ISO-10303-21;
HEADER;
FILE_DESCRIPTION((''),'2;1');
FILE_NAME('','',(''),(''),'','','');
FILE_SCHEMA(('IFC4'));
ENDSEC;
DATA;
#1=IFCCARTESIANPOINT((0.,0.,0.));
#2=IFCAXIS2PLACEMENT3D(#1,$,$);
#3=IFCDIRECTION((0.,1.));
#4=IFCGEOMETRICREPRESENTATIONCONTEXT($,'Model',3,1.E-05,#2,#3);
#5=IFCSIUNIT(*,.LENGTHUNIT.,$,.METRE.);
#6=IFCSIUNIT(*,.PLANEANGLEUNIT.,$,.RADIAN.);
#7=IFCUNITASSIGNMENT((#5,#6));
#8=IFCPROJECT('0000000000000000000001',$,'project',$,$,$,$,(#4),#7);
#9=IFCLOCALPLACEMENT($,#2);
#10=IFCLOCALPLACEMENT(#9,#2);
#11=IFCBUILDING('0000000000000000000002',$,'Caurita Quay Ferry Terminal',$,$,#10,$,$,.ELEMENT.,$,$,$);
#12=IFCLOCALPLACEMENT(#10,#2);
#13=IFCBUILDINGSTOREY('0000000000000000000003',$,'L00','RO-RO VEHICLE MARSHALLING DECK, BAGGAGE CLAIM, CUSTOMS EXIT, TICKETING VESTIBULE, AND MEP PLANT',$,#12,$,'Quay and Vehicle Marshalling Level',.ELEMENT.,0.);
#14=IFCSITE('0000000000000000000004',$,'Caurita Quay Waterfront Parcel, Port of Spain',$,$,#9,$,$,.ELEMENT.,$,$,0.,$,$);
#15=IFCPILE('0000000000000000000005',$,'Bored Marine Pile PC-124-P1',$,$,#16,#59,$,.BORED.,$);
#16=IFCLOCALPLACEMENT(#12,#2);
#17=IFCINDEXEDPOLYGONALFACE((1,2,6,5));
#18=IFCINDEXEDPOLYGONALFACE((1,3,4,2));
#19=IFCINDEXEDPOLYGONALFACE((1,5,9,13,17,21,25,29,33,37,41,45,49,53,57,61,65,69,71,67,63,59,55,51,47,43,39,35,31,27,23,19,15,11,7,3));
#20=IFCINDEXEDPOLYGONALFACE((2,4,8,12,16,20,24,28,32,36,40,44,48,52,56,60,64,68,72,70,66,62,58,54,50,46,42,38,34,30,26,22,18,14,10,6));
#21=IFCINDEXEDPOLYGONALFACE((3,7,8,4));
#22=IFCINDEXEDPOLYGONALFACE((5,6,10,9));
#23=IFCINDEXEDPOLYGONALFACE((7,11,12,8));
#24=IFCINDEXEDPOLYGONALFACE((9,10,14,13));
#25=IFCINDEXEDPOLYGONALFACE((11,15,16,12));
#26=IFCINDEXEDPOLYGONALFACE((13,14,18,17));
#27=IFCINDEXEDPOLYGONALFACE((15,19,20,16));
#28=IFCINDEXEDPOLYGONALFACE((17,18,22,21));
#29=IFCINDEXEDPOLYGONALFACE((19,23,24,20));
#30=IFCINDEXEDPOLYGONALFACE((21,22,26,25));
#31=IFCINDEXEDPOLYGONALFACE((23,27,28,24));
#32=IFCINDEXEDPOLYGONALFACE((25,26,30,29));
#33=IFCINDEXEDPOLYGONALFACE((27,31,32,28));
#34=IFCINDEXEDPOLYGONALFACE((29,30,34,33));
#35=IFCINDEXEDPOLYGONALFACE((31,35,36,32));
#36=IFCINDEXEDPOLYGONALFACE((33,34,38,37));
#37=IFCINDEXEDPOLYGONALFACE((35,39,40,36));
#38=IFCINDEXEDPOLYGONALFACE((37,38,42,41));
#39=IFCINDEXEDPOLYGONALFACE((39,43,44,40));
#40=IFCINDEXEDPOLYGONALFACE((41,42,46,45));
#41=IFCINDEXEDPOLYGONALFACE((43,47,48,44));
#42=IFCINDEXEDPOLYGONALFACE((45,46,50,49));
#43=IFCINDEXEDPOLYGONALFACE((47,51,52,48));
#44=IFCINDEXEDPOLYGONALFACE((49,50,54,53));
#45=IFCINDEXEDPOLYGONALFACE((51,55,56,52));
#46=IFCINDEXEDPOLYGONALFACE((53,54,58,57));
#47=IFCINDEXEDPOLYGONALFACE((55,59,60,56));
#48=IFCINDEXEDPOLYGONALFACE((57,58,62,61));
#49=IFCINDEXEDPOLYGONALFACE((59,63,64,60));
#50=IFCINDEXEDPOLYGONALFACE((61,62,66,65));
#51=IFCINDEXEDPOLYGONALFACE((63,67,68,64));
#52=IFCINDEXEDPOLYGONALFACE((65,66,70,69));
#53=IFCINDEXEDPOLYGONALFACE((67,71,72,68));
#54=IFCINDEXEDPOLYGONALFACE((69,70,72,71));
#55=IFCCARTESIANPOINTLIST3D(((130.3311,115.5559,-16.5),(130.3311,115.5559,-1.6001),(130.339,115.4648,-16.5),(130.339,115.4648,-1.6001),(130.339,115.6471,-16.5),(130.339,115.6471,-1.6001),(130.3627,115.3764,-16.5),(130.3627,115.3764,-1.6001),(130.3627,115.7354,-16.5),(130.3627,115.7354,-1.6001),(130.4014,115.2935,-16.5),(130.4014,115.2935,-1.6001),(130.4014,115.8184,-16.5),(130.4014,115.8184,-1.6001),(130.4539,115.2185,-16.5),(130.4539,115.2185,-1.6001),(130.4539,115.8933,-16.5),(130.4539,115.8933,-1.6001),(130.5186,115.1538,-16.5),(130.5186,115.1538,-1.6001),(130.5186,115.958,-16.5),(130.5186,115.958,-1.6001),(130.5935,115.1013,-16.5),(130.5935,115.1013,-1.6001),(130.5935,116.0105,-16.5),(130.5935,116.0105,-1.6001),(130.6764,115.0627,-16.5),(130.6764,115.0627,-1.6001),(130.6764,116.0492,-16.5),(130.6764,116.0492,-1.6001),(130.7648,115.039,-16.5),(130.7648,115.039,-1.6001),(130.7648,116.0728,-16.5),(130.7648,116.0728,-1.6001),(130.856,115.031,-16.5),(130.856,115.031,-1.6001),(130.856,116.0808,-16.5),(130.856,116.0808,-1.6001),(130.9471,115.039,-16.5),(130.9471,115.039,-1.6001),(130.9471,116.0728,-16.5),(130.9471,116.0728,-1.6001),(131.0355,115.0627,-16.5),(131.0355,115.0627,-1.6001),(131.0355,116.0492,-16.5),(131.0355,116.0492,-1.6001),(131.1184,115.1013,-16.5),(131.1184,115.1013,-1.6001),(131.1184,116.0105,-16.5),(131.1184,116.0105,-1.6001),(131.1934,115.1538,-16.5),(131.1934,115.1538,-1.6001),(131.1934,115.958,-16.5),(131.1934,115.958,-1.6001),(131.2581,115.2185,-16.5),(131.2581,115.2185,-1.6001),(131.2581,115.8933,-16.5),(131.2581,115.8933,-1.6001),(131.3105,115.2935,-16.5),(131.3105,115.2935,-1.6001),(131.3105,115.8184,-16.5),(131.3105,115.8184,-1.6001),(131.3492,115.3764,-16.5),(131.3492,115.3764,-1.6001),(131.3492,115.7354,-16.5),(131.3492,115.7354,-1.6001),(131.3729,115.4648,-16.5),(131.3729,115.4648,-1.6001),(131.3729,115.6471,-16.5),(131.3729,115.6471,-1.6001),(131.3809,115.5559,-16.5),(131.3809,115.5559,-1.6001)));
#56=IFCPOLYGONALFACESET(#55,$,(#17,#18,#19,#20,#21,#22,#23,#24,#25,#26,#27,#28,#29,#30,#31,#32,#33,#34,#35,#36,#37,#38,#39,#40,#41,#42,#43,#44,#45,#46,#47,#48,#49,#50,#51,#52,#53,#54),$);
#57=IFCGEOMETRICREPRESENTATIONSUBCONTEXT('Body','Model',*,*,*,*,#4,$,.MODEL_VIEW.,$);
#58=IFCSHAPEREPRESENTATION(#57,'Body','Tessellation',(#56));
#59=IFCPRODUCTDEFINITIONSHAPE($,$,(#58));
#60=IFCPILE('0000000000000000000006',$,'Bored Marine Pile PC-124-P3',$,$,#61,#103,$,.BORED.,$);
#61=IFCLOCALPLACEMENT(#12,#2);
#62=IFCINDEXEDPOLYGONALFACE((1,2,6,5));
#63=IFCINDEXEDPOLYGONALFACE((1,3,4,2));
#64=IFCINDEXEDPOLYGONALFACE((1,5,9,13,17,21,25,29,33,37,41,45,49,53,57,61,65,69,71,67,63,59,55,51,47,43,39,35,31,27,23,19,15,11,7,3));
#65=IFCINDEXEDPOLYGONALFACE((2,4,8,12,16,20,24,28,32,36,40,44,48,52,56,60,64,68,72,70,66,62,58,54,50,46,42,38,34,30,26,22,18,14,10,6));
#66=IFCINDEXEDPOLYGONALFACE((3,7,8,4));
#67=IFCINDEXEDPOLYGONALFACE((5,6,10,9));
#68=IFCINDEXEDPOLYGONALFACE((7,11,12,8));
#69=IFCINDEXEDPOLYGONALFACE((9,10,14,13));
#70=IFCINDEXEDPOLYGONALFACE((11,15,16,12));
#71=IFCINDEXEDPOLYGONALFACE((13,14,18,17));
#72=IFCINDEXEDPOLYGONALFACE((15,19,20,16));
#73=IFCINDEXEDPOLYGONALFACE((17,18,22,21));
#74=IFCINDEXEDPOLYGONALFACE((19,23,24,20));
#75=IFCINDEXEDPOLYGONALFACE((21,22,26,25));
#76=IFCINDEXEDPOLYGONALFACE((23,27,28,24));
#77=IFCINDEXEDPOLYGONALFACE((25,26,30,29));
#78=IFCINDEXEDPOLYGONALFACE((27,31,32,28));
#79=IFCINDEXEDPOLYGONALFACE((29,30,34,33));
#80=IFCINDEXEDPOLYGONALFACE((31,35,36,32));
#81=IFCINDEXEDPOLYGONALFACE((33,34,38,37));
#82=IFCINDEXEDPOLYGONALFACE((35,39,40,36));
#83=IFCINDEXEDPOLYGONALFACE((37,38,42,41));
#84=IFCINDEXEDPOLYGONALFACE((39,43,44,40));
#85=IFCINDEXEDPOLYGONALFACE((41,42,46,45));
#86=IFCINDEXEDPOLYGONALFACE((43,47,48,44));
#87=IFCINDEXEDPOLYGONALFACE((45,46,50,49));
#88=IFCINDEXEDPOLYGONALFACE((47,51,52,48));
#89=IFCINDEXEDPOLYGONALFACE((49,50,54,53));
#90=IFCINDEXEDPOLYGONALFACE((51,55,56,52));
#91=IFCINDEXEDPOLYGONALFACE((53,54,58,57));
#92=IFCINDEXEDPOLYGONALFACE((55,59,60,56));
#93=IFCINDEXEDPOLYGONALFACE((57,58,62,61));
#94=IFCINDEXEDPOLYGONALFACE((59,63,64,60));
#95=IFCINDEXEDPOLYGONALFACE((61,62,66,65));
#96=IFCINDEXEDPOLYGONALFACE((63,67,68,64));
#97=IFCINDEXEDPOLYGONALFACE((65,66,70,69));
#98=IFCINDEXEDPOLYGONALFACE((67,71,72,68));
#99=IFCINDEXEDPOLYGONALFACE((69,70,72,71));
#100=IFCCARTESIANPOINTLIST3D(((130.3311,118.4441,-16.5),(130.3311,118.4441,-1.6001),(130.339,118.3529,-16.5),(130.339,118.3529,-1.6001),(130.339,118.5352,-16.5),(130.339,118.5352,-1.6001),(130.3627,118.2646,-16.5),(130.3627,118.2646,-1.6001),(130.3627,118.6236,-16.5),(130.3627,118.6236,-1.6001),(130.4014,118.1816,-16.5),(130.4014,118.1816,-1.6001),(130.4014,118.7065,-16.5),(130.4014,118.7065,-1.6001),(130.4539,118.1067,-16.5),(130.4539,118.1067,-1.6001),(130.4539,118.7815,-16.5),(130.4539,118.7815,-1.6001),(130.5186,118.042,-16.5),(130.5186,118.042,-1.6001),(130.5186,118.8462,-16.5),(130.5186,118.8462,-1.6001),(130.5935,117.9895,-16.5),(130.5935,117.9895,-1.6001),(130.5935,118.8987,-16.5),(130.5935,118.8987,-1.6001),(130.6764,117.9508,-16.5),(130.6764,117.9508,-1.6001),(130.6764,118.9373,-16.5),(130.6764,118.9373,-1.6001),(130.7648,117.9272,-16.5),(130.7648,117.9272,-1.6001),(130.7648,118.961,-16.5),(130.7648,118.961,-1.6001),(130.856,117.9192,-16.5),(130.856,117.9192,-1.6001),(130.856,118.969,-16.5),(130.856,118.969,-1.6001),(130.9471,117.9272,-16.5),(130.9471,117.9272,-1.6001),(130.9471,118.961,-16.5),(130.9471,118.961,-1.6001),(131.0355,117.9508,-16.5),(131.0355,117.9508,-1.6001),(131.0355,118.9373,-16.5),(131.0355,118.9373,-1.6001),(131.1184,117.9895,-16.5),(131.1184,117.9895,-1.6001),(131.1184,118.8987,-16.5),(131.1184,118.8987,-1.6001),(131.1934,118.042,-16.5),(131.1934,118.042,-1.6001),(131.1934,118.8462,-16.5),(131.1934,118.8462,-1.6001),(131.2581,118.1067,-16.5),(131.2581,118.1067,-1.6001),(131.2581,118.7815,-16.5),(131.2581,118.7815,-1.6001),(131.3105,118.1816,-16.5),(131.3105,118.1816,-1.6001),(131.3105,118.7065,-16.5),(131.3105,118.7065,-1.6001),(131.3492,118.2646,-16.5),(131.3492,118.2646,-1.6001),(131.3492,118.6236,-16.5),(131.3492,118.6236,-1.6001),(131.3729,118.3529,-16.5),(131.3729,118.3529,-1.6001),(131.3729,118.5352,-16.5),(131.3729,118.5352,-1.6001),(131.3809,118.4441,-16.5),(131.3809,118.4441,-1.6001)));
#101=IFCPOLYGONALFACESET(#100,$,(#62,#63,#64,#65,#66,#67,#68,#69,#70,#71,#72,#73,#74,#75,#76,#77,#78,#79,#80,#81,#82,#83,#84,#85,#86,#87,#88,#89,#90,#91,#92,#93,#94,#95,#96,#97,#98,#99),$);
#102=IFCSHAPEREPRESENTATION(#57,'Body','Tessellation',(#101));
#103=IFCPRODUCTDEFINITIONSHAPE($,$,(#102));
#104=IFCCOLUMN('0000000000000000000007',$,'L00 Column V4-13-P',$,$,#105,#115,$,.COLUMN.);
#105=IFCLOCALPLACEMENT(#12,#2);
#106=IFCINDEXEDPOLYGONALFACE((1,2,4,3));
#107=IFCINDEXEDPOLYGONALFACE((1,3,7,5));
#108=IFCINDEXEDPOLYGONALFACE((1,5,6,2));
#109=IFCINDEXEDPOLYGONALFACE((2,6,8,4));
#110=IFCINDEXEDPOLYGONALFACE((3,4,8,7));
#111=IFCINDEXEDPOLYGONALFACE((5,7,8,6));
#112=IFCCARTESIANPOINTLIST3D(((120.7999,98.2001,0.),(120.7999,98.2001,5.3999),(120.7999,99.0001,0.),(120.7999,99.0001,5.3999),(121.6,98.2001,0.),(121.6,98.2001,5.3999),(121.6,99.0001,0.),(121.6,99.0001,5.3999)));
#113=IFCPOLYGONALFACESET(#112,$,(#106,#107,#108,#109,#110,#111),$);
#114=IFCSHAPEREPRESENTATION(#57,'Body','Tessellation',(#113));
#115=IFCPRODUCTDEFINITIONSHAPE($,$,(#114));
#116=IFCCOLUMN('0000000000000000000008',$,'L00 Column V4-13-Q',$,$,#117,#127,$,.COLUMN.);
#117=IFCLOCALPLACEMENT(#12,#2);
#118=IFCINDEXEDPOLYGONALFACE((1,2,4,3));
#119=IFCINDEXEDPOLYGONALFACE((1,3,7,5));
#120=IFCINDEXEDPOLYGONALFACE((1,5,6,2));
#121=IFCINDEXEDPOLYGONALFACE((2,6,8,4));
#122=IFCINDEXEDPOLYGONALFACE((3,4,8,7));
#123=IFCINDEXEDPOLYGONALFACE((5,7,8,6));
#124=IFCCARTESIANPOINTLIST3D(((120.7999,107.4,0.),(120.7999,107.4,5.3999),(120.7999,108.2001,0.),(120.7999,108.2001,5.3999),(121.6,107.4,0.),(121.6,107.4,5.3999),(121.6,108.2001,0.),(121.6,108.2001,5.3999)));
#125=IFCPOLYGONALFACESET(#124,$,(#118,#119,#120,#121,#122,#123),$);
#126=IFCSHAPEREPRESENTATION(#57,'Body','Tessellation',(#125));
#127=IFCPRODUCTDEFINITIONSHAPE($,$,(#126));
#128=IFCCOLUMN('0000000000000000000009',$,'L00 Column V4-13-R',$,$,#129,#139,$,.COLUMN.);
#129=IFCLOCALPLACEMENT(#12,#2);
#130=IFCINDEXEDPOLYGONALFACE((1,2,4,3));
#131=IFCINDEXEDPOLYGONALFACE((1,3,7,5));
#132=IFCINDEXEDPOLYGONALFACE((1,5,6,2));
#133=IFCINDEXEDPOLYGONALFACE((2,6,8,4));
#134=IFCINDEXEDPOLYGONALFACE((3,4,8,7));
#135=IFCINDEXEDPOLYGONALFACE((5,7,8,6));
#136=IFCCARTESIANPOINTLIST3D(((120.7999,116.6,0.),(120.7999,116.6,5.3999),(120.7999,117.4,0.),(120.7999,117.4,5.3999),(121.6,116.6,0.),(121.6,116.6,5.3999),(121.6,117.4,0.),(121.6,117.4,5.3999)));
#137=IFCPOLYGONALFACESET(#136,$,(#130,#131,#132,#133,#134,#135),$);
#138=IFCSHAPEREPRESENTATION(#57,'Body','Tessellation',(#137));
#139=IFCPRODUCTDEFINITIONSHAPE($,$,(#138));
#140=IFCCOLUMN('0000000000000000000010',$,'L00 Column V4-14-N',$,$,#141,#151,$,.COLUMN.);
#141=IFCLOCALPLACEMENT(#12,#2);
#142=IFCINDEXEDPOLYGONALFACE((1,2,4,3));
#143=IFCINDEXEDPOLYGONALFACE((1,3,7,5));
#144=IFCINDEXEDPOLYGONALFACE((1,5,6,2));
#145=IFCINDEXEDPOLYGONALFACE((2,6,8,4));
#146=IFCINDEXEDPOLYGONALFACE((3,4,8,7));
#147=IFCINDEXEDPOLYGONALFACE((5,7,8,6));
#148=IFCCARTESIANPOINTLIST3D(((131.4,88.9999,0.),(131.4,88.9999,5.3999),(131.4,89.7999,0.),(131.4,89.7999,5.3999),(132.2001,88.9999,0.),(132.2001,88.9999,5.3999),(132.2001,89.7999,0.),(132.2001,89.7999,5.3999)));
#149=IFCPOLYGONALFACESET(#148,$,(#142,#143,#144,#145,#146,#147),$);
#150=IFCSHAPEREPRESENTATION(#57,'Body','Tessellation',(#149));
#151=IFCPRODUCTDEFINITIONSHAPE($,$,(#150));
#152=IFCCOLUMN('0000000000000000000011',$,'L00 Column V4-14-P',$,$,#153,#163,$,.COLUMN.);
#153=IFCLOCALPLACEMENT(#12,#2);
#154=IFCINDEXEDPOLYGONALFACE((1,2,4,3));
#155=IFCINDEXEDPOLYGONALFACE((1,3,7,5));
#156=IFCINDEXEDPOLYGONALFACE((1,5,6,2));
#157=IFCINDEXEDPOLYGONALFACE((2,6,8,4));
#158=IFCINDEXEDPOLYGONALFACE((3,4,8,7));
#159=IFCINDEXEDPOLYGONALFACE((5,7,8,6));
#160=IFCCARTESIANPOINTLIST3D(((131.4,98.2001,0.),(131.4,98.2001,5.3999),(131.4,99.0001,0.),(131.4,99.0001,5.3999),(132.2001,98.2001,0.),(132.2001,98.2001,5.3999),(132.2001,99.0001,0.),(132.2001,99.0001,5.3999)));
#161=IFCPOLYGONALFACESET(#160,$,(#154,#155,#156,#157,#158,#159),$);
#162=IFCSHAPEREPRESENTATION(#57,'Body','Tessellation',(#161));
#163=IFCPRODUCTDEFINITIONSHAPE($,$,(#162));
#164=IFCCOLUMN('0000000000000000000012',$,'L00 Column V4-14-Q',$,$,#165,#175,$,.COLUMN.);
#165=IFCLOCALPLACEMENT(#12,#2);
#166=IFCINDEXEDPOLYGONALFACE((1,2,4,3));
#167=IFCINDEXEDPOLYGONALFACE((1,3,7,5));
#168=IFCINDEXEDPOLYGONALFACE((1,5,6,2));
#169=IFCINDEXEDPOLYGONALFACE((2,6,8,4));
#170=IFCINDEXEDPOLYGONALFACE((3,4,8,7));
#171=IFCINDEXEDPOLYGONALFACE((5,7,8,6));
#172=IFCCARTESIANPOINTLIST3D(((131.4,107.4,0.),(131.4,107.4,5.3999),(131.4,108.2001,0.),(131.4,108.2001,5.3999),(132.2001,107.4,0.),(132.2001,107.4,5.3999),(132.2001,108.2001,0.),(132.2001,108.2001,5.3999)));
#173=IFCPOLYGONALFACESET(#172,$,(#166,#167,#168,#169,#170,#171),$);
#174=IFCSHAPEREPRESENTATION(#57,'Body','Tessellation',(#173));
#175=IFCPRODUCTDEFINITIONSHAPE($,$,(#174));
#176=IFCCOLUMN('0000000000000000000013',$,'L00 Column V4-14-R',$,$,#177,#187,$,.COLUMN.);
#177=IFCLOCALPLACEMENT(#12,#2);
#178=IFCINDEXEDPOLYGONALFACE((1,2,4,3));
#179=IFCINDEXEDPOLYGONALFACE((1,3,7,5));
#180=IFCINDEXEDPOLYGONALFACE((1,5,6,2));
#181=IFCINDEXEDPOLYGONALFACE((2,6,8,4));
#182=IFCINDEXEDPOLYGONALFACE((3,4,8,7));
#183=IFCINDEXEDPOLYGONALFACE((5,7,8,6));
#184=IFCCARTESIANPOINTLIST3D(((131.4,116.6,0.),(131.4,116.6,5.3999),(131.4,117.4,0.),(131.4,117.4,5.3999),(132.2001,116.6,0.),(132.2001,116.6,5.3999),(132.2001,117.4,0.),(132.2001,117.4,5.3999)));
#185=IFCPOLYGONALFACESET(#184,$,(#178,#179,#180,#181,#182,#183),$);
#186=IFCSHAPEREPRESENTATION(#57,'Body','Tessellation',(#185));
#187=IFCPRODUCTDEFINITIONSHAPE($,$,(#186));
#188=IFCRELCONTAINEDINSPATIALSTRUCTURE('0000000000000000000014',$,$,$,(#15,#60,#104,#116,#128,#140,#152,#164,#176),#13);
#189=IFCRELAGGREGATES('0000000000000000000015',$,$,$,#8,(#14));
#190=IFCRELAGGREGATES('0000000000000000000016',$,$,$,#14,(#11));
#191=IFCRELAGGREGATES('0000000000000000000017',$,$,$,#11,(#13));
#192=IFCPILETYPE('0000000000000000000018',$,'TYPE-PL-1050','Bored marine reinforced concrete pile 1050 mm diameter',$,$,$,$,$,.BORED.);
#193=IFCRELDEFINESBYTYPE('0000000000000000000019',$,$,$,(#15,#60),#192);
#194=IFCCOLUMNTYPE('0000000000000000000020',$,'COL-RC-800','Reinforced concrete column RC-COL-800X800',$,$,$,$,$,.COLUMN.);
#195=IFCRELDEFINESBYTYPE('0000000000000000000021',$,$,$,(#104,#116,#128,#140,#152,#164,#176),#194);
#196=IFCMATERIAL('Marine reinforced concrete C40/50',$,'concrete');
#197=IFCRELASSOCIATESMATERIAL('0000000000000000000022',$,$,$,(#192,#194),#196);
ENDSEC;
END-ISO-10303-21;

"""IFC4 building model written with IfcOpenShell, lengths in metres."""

from ifc_helpers import new_model, si_unit, direction, frame, origin, origin_2d, place, context, subcontext, project, spatial, rectangle, circle, extrude, material, material_profile, profile_set, type_object, element, save


model = new_model("IFC4")

# Units and contexts
model_context = context("Model", 3, precision=1e-05, world=origin(), true_north=direction((0.0, 1.0)))
body_context = subcontext(model_context, "Body", "Model", "MODEL_VIEW")
ifc_project = project(units=[si_unit("LENGTHUNIT", "METRE"), si_unit("PLANEANGLEUNIT", "RADIAN")], contexts=[model_context])

# Site, building, storey
site_placement = place(None, origin())
site = spatial("IfcSite", under=ifc_project, at=site_placement, Name="Caurita Quay Waterfront Parcel, Port of Spain", CompositionType="ELEMENT", RefElevation=0.0)
building_placement = place(site_placement, origin())
building = spatial("IfcBuilding", under=site, at=building_placement, Name="Caurita Quay Ferry Terminal", CompositionType="ELEMENT")
storey_placement = place(building_placement, origin())
storey = spatial("IfcBuildingStorey", under=building, at=storey_placement, Name="L00", Description="RO-RO VEHICLE MARSHALLING DECK, BAGGAGE CLAIM, CUSTOMS EXIT, TICKETING VESTIBULE, AND MEP PLANT", LongName="Quay and Vehicle Marshalling Level", CompositionType="ELEMENT", Elevation=0.0)

# Piles
ifc_material_1 = material(Name="Marine reinforced concrete C40/50", Category="concrete")
ifc_material_profile_1 = material_profile(ifc_material_1, circle(Radius=0.5249, at=origin_2d()), Name="PILE-D1050")
ifc_profile_set_1 = profile_set([ifc_material_profile_1], Name="Marine reinforced concrete C40/50")
pile_type = type_object("IfcPileType", Name="TYPE-PL-1050", Description="Bored marine reinforced concrete pile 1050 mm diameter", PredefinedType="BORED", material=ifc_profile_set_1)
for number, where, z_axis, x_axis, name in (
    (1, (130.856, 115.5559, -1.6001), (0.0, 0.0, -1.0), (1.0, 0.0, 0.0), "Bored Marine Pile PC-124-P1"),
    (2, (130.856, 118.4441, -1.6001), (0.0, 0.0, -1.0), (1.0, 0.0, 0.0), "Bored Marine Pile PC-124-P3"),
):
    element("IfcPile", number, at=place(storey_placement, frame(where, z_axis=z_axis, x_axis=x_axis)), inside=storey, type_object=pile_type, Name=name, PredefinedType="BORED", context=body_context, shape_type="SweptSolid", body=[
        extrude(circle(Radius=0.5249, at=origin_2d()), origin(), (0.0, 0.0, 1.0), 14.8999),
    ])

# Columns
ifc_material_profile_2 = material_profile(ifc_material_1, rectangle(XDim=0.8, YDim=0.8, at=origin_2d()), Name="RC-COL-800X800")
ifc_profile_set_2 = profile_set([ifc_material_profile_2], Name="Marine reinforced concrete C40/50")
column_type = type_object("IfcColumnType", Name="COL-RC-800", Description="Reinforced concrete column RC-COL-800X800", PredefinedType="COLUMN", material=ifc_profile_set_2)
for number, where, z_axis, x_axis, name in (
    (3, (121.2, 98.6001, 0.0), (0.0, 0.0, 1.0), (1.0, 0.0, 0.0), "L00 Column V4-13-P"),
    (4, (121.2, 107.8, 0.0), (0.0, 0.0, 1.0), (1.0, 0.0, 0.0), "L00 Column V4-13-Q"),
    (5, (121.2, 117.0, 0.0), (0.0, 0.0, 1.0), (1.0, 0.0, 0.0), "L00 Column V4-13-R"),
    (6, (131.8, 89.3999, 0.0), (0.0, 0.0, 1.0), (1.0, 0.0, 0.0), "L00 Column V4-14-N"),
    (7, (131.8, 98.6001, 0.0), (0.0, 0.0, 1.0), (1.0, 0.0, 0.0), "L00 Column V4-14-P"),
    (8, (131.8, 107.8, 0.0), (0.0, 0.0, 1.0), (1.0, 0.0, 0.0), "L00 Column V4-14-Q"),
    (9, (131.8, 117.0, 0.0), (0.0, 0.0, 1.0), (1.0, 0.0, 0.0), "L00 Column V4-14-R"),
):
    element("IfcColumn", number, at=place(storey_placement, frame(where, z_axis=z_axis, x_axis=x_axis)), inside=storey, type_object=column_type, Name=name, PredefinedType="COLUMN", context=body_context, shape_type="SweptSolid", body=[
        extrude(rectangle(XDim=0.8, YDim=0.8, at=origin_2d()), origin(), (0.0, 0.0, 1.0), 5.3999),
    ])

save(model, "model.ifc")
